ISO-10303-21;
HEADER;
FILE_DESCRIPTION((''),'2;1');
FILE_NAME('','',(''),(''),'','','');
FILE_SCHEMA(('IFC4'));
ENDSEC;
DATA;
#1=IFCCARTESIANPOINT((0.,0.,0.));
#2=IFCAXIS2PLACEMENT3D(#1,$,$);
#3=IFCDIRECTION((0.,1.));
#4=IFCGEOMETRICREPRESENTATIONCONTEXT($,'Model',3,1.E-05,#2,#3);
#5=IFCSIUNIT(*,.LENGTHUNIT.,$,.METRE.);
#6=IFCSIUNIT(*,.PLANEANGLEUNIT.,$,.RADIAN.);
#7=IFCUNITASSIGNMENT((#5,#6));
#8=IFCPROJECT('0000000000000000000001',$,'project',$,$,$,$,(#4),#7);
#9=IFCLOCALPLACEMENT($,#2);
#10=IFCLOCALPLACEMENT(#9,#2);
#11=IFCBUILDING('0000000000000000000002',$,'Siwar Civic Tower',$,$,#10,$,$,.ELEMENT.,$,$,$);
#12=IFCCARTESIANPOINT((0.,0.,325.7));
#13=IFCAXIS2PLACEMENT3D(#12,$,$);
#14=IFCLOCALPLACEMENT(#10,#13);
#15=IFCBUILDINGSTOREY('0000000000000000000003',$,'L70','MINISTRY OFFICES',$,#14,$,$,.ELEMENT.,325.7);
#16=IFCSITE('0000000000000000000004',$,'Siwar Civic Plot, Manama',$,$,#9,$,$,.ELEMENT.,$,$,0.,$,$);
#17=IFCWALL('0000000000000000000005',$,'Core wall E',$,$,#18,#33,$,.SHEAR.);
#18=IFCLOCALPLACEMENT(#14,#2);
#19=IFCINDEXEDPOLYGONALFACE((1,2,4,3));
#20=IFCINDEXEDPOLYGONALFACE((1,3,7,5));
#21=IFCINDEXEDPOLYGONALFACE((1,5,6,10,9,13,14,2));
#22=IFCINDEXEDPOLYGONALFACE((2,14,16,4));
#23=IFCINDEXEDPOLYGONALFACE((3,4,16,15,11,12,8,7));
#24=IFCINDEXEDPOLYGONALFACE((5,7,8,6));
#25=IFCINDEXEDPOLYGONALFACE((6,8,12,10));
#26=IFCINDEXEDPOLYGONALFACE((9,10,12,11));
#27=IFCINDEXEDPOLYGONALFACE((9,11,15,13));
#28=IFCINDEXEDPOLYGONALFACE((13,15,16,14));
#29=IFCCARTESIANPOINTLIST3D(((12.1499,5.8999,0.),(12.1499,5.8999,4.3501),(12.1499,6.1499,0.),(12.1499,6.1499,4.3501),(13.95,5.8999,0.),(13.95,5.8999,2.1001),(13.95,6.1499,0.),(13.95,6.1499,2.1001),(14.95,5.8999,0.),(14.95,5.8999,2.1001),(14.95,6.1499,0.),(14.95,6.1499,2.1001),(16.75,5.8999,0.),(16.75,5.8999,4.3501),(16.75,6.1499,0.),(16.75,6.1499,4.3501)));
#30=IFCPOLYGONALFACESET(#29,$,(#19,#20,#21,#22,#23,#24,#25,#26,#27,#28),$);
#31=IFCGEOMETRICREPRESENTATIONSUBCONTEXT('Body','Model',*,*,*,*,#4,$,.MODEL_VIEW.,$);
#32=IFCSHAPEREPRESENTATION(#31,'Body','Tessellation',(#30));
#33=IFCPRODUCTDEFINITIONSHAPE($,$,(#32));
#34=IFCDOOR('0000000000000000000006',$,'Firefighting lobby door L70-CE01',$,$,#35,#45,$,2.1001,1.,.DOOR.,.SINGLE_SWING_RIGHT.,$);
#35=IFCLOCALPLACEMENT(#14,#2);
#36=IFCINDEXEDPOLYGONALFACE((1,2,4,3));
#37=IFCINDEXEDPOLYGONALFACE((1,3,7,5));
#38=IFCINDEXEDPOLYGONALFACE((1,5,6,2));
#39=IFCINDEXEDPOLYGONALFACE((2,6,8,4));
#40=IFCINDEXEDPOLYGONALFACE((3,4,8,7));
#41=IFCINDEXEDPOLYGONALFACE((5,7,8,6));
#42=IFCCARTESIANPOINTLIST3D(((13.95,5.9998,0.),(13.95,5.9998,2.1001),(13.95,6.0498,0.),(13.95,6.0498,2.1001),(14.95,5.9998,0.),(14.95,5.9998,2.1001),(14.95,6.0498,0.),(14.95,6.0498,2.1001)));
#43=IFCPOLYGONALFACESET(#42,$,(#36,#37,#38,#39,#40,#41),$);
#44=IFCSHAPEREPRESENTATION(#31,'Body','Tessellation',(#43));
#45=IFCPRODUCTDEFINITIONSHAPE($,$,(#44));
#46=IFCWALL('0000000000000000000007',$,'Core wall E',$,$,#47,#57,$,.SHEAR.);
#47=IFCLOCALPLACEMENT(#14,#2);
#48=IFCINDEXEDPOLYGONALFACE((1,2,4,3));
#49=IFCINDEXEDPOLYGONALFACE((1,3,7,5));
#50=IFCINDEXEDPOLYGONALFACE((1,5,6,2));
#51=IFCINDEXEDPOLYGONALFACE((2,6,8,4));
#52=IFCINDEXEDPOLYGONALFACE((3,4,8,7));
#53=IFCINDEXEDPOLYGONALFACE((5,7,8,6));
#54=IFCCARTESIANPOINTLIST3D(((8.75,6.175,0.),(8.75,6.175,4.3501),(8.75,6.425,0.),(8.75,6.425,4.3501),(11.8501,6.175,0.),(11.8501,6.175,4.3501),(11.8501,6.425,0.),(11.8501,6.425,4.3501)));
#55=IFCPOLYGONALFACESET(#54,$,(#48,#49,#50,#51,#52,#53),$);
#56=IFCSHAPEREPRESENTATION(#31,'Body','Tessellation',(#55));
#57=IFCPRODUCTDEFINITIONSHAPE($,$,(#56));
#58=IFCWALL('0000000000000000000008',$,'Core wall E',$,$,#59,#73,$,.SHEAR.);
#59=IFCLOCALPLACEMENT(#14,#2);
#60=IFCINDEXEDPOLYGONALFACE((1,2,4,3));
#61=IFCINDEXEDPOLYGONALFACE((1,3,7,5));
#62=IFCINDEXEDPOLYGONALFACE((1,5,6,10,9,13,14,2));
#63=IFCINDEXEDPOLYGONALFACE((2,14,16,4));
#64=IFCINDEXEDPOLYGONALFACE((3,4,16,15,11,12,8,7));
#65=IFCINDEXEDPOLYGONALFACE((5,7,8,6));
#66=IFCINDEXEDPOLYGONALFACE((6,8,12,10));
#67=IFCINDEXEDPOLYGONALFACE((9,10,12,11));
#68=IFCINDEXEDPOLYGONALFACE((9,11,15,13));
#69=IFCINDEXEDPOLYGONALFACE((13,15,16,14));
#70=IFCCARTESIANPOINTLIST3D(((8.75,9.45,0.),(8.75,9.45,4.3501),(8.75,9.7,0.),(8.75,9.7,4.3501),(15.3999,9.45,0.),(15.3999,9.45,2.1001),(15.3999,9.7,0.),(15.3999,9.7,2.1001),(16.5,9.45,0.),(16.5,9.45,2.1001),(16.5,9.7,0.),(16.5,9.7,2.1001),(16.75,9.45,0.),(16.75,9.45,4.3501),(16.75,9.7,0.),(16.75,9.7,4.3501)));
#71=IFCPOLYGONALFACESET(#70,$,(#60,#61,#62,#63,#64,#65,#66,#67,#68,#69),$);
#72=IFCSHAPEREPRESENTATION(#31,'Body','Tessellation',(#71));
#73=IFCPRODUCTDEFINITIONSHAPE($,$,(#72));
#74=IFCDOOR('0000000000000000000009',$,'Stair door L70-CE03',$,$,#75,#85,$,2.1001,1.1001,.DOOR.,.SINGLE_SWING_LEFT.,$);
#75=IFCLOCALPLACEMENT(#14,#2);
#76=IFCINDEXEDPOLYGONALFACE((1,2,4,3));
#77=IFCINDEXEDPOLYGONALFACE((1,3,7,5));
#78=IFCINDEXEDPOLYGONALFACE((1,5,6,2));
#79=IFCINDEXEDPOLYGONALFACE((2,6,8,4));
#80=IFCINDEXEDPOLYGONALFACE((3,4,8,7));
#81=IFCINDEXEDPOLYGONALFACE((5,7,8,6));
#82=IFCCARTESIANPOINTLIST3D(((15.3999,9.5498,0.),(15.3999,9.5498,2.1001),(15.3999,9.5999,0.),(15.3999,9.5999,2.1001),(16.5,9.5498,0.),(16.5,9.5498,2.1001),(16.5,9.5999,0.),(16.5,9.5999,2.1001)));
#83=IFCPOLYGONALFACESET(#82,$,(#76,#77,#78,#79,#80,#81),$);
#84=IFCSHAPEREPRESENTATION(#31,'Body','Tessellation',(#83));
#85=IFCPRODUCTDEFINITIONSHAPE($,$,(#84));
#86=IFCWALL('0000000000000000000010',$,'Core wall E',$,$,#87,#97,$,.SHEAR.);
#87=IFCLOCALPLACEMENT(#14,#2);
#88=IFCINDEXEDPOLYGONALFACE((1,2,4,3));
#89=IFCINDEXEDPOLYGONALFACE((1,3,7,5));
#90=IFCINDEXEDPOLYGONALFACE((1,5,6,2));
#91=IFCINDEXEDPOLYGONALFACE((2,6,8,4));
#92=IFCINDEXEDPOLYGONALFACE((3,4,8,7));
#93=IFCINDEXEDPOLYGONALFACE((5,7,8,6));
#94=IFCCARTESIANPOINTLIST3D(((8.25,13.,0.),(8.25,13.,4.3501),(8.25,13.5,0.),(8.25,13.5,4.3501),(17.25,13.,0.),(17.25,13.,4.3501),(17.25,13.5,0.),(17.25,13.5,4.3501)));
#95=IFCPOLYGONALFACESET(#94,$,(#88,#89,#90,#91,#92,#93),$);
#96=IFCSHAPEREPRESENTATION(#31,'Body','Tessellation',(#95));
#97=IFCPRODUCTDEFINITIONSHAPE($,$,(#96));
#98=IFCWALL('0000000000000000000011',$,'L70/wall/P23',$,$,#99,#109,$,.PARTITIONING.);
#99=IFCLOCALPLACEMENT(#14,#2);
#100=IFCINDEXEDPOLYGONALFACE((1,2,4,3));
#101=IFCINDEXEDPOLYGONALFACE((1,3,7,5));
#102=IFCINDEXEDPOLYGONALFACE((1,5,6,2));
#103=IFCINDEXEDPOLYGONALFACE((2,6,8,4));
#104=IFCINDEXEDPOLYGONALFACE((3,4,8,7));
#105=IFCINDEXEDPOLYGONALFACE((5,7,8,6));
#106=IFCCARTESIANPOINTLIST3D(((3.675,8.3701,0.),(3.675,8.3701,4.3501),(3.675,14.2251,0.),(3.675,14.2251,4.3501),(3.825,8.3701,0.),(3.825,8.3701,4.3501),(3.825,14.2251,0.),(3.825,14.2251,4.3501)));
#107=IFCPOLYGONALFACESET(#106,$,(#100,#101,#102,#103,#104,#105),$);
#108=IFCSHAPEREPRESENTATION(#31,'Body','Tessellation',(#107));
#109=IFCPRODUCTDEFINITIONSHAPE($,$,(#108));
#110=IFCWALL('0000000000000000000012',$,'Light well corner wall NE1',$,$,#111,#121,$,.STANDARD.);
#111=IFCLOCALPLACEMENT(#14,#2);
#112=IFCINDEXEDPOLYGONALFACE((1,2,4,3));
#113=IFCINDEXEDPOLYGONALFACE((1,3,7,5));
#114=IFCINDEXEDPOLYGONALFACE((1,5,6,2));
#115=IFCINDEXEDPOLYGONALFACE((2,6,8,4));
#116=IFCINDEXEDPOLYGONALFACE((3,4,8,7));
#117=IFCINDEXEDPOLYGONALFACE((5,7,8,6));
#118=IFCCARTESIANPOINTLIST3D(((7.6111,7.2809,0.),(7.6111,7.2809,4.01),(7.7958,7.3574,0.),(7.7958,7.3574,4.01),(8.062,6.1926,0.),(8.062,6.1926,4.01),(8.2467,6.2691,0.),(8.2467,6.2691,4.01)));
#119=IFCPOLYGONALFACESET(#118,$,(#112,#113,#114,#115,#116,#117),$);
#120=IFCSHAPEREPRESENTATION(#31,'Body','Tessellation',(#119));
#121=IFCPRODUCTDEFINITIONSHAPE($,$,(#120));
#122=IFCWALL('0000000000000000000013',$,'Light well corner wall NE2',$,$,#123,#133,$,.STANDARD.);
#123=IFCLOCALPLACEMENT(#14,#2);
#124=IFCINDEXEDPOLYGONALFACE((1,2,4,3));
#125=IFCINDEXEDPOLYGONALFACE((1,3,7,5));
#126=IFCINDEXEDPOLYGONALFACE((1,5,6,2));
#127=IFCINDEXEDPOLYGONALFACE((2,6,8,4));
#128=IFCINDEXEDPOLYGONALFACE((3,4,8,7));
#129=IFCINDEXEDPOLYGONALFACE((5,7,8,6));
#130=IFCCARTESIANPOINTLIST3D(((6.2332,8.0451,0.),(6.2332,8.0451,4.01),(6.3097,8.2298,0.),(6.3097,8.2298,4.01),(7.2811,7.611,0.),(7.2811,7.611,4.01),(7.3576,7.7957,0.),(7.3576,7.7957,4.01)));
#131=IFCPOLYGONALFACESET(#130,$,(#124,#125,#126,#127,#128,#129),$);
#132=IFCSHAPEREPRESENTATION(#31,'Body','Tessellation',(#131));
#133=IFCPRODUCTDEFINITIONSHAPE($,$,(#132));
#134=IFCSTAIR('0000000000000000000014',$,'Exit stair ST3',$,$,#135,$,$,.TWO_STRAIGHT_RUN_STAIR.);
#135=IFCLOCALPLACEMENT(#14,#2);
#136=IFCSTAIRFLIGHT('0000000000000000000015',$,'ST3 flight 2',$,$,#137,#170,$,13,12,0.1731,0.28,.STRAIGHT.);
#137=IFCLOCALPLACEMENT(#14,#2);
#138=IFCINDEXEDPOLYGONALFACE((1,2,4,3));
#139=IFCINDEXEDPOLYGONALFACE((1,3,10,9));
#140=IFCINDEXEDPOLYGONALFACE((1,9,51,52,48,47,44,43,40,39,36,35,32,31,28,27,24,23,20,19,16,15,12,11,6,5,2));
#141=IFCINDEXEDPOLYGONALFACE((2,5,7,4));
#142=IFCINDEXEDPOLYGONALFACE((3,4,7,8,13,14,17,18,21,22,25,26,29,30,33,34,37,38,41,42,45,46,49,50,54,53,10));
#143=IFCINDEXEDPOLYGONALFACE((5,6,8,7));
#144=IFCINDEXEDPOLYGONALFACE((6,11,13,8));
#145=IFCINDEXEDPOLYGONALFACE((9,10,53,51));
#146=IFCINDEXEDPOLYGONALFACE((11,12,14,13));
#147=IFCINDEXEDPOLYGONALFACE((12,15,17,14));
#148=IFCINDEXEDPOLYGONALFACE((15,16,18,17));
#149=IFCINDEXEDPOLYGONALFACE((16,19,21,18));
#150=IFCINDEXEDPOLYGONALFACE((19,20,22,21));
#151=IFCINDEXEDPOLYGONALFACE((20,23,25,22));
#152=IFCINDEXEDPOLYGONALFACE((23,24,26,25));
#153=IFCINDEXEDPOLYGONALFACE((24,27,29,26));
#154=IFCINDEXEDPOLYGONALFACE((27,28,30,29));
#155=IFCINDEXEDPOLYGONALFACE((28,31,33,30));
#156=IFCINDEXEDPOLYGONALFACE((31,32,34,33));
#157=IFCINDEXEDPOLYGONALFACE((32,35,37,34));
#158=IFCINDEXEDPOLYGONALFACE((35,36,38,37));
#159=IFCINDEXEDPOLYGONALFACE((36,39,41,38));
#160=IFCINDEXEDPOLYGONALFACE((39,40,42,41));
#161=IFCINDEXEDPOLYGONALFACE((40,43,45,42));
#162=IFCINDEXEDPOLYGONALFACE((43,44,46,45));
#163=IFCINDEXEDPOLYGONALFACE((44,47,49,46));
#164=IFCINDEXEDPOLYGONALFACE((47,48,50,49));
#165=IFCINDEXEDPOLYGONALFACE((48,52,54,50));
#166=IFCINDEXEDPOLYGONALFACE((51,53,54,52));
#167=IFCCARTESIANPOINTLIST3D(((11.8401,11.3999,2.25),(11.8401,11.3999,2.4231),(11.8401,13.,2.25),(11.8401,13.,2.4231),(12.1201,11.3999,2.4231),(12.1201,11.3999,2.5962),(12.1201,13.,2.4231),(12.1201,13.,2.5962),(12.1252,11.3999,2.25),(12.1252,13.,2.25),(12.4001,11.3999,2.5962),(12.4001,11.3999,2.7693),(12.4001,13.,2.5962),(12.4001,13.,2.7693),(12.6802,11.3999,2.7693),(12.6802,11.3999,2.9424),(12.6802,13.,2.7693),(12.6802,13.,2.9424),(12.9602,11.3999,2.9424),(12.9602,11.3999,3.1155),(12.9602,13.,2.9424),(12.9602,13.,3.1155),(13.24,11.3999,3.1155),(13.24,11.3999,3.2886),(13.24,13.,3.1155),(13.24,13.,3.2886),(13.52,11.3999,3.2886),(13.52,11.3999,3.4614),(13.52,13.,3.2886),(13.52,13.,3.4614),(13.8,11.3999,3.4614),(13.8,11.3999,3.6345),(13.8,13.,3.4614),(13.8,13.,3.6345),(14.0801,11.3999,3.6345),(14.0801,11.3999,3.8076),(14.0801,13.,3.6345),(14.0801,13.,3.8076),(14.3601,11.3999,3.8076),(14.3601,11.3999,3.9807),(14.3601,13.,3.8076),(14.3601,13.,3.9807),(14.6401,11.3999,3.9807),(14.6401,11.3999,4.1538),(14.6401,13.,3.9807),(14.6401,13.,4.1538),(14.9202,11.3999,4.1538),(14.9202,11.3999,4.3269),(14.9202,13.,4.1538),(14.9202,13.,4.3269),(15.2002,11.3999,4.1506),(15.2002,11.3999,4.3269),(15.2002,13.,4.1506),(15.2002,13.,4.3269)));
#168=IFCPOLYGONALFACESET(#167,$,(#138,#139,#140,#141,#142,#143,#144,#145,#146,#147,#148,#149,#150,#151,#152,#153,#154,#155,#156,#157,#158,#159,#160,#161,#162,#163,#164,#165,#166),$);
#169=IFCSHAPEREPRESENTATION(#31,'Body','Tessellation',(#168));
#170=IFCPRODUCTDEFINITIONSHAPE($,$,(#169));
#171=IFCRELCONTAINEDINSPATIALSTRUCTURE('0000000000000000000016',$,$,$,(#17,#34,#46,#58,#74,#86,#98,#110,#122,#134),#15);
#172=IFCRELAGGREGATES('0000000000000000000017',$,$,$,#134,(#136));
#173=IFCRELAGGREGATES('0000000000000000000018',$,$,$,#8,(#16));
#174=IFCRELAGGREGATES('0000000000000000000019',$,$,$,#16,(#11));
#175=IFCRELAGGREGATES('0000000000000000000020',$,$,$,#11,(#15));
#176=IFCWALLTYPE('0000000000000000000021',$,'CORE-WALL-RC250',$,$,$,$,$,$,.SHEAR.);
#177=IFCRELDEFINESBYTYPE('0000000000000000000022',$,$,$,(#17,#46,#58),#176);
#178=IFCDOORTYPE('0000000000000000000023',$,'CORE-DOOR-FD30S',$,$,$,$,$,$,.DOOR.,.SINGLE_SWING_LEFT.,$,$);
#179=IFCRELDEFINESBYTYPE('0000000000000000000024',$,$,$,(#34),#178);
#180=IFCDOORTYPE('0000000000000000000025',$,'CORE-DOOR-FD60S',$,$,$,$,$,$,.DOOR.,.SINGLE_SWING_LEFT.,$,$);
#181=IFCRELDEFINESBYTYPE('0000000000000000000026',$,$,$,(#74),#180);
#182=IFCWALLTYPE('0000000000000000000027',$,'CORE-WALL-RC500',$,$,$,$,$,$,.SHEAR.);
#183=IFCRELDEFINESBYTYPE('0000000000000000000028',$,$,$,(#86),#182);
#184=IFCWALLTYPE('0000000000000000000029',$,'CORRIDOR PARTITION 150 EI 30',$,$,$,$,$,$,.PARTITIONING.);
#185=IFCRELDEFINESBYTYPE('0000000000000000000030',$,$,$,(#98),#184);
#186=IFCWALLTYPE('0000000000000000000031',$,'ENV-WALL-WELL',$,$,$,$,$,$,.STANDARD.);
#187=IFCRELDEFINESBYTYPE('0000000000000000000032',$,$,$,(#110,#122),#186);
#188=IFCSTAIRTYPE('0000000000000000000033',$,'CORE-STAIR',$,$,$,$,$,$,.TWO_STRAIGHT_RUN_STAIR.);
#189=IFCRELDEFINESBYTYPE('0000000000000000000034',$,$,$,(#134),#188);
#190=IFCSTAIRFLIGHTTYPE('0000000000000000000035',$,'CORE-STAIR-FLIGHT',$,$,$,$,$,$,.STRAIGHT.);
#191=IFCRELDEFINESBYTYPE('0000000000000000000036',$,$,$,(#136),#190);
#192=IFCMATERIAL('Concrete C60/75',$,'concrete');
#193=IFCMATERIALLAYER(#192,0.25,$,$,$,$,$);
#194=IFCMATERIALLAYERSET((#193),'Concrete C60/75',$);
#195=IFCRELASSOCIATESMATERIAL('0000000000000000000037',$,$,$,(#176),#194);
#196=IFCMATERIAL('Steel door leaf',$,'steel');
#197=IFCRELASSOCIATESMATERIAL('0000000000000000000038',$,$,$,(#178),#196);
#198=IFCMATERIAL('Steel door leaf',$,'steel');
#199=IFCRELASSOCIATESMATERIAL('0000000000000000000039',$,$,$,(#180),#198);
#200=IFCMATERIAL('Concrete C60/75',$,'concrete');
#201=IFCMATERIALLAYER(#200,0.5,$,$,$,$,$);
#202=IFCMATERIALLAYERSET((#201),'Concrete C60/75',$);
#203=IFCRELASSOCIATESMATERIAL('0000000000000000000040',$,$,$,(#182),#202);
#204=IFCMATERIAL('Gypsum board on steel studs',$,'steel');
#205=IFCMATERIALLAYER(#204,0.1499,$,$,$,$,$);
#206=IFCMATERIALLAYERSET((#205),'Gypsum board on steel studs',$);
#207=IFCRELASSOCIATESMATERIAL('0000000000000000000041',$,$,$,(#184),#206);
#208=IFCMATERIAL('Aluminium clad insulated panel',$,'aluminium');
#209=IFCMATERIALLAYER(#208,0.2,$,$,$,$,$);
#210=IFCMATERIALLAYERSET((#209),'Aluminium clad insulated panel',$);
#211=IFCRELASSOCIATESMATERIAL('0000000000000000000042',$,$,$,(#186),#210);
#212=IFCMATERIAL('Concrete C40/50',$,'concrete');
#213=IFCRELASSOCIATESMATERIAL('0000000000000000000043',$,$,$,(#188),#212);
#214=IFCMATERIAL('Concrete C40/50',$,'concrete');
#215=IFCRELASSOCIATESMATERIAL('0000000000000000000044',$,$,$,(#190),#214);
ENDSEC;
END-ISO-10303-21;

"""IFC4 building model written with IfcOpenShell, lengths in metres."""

from ifc_helpers import new_model, si_unit, direction, frame, frame_2d, origin, place, context, subcontext, project, spatial, polyline, rectangle, outline, extrude, material, layer, layer_set, type_object, element, fill, aggregate, save


model = new_model("IFC4")

# Units and contexts
model_context = context("Model", 3, precision=1e-05, world=origin(), true_north=direction((0.0, 1.0)))
body_context = subcontext(model_context, "Body", "Model", "MODEL_VIEW")
ifc_project = project(units=[si_unit("LENGTHUNIT", "METRE"), si_unit("PLANEANGLEUNIT", "RADIAN")], contexts=[model_context])

# Site, building, storey
site_placement = place(None, origin())
site = spatial("IfcSite", under=ifc_project, at=site_placement, Name="Siwar Civic Plot, Manama", CompositionType="ELEMENT", RefElevation=0.0)
building_placement = place(site_placement, origin())
building = spatial("IfcBuilding", under=site, at=building_placement, Name="Siwar Civic Tower", CompositionType="ELEMENT")
storey_placement = place(building_placement, frame((0.0, 0.0, 325.7)))
storey = spatial("IfcBuildingStorey", under=building, at=storey_placement, Name="L70", Description="MINISTRY OFFICES", CompositionType="ELEMENT", Elevation=325.7)

# Wall, opening, door
ifc_material_1 = material(Name="Concrete C60/75", Category="concrete")
ifc_layer_1 = layer(ifc_material_1, 0.25)
ifc_layer_set_1 = layer_set([ifc_layer_1], Name="Concrete C60/75")
wall_type_1 = type_object("IfcWallType", Name="CORE-WALL-RC250", PredefinedType="SHEAR", material=ifc_layer_set_1)
wall_1_placement = place(storey_placement, frame((12.1499, 6.0249, 0.0), z_axis=(0.0, 0.0, 1.0), x_axis=(1.0, 0.0, 0.0)))
wall_1 = element("IfcWall", 1, at=wall_1_placement, inside=storey, type_object=wall_type_1, Name="Core wall E", PredefinedType="SHEAR", context=body_context, shape_type="SweptSolid", body=[
    extrude(rectangle(XDim=4.6001, YDim=0.25, at=frame_2d((2.3, 0.0))), origin(), (0.0, 0.0, 1.0), 4.3501),
])
opening_1_placement = place(wall_1_placement, frame((1.8, 0.0, 0.0)))
opening_1 = element("IfcOpeningElement", 2, at=opening_1_placement, cuts=wall_1, PredefinedType="OPENING", context=body_context, shape_type="SweptSolid", body=[
    extrude(rectangle(XDim=1.0, YDim=2.1001, at=frame_2d((0.5, 1.05))), frame((0.0, 0.135, 0.0), z_axis=(0.0, -1.0, 0.0), x_axis=(1.0, 0.0, 0.0)), (0.0, 0.0, 1.0), 0.27),
])
ifc_material_2 = material(Name="Steel door leaf", Category="steel")
door_type_1 = type_object("IfcDoorType", Name="CORE-DOOR-FD30S", OperationType="SINGLE_SWING_LEFT", PredefinedType="DOOR", material=ifc_material_2)
door_1_placement = place(opening_1_placement, origin())
door_1 = element("IfcDoor", 3, at=door_1_placement, inside=storey, type_object=door_type_1, Name="Firefighting lobby door L70-CE01", OperationType="SINGLE_SWING_RIGHT", OverallHeight=2.1001, OverallWidth=1.0, PredefinedType="DOOR", context=body_context, shape_type="SweptSolid", body=[
    extrude(rectangle(XDim=1.0, YDim=2.1001, at=frame_2d((0.5, 1.05))), frame((0.0, 0.0249, 0.0), z_axis=(0.0, -1.0, 0.0), x_axis=(1.0, 0.0, 0.0)), (0.0, 0.0, 1.0), 0.05),
])
fill(opening_1, door_1)

# Wall
wall_2_placement = place(storey_placement, frame((8.75, 6.3, 0.0), z_axis=(0.0, 0.0, 1.0), x_axis=(1.0, 0.0, 0.0)))
element("IfcWall", 4, at=wall_2_placement, inside=storey, type_object=wall_type_1, Name="Core wall E", PredefinedType="SHEAR", context=body_context, shape_type="SweptSolid", body=[
    extrude(rectangle(XDim=3.1001, YDim=0.25, at=frame_2d((1.55, 0.0))), origin(), (0.0, 0.0, 1.0), 4.3501),
])

# Wall, opening, door
wall_3_placement = place(storey_placement, frame((8.75, 9.575, 0.0), z_axis=(0.0, 0.0, 1.0), x_axis=(1.0, 0.0, 0.0)))
wall_3 = element("IfcWall", 5, at=wall_3_placement, inside=storey, type_object=wall_type_1, Name="Core wall E", PredefinedType="SHEAR", context=body_context, shape_type="SweptSolid", body=[
    extrude(rectangle(XDim=8.0, YDim=0.25, at=frame_2d((4.0, 0.0))), origin(), (0.0, 0.0, 1.0), 4.3501),
])
opening_2_placement = place(wall_3_placement, frame((6.6499, 0.0, 0.0)))
opening_2 = element("IfcOpeningElement", 6, at=opening_2_placement, cuts=wall_3, PredefinedType="OPENING", context=body_context, shape_type="SweptSolid", body=[
    extrude(rectangle(XDim=1.1001, YDim=2.1001, at=frame_2d((0.55, 1.05))), frame((0.0, 0.135, 0.0), z_axis=(0.0, -1.0, 0.0), x_axis=(1.0, 0.0, 0.0)), (0.0, 0.0, 1.0), 0.27),
])
ifc_material_3 = material(Name="Steel door leaf", Category="steel")
door_type_2 = type_object("IfcDoorType", Name="CORE-DOOR-FD60S", OperationType="SINGLE_SWING_LEFT", PredefinedType="DOOR", material=ifc_material_3)
door_2_placement = place(opening_2_placement, origin())
door_2 = element("IfcDoor", 7, at=door_2_placement, inside=storey, type_object=door_type_2, Name="Stair door L70-CE03", OperationType="SINGLE_SWING_LEFT", OverallHeight=2.1001, OverallWidth=1.1001, PredefinedType="DOOR", context=body_context, shape_type="SweptSolid", body=[
    extrude(rectangle(XDim=1.1001, YDim=2.1001, at=frame_2d((0.55, 1.05))), frame((0.0, 0.0249, 0.0), z_axis=(0.0, -1.0, 0.0), x_axis=(1.0, 0.0, 0.0)), (0.0, 0.0, 1.0), 0.05),
])
fill(opening_2, door_2)

# Walls
ifc_material_4 = material(Name="Concrete C60/75", Category="concrete")
ifc_layer_2 = layer(ifc_material_4, 0.5)
ifc_layer_set_2 = layer_set([ifc_layer_2], Name="Concrete C60/75")
wall_type_2 = type_object("IfcWallType", Name="CORE-WALL-RC500", PredefinedType="SHEAR", material=ifc_layer_set_2)
wall_4_placement = place(storey_placement, frame((8.25, 13.25, 0.0), z_axis=(0.0, 0.0, 1.0), x_axis=(1.0, 0.0, 0.0)))
element("IfcWall", 8, at=wall_4_placement, inside=storey, type_object=wall_type_2, Name="Core wall E", PredefinedType="SHEAR", context=body_context, shape_type="SweptSolid", body=[
    extrude(rectangle(XDim=9.0, YDim=0.5, at=frame_2d((4.5, 0.0))), origin(), (0.0, 0.0, 1.0), 4.3501),
])
ifc_material_5 = material(Name="Gypsum board on steel studs", Category="steel")
ifc_layer_3 = layer(ifc_material_5, 0.1499)
ifc_layer_set_3 = layer_set([ifc_layer_3], Name="Gypsum board on steel studs")
wall_type_3 = type_object("IfcWallType", Name="CORRIDOR PARTITION 150 EI 30", PredefinedType="PARTITIONING", material=ifc_layer_set_3)
wall_5_placement = place(storey_placement, frame((3.75, 8.3701, 0.0), z_axis=(0.0, 0.0, 1.0), x_axis=(0.0, 1.0, 0.0)))
element("IfcWall", 9, at=wall_5_placement, inside=storey, type_object=wall_type_3, Name="L70/wall/P23", PredefinedType="PARTITIONING", context=body_context, shape_type="SweptSolid", body=[
    extrude(rectangle(XDim=5.855, YDim=0.1499, at=frame_2d((2.9275, 0.0))), origin(), (0.0, 0.0, 1.0), 4.3501),
])
ifc_material_6 = material(Name="Aluminium clad insulated panel", Category="aluminium")
ifc_layer_4 = layer(ifc_material_6, 0.2)
ifc_layer_set_4 = layer_set([ifc_layer_4], Name="Aluminium clad insulated panel")
wall_type_4 = type_object("IfcWallType", Name="ENV-WALL-WELL", PredefinedType="STANDARD", material=ifc_layer_set_4)
wall_6_placement = place(storey_placement, frame((8.1543, 6.231, 0.0), z_axis=(0.0, 0.0, 1.0), x_axis=(-0.382761, 0.923848, 0.0)))
element("IfcWall", 10, at=wall_6_placement, inside=storey, type_object=wall_type_4, Name="Light well corner wall NE1", PredefinedType="STANDARD", context=body_context, shape_type="SweptSolid", body=[
    extrude(rectangle(XDim=1.178, YDim=0.2, at=frame_2d((0.5889, 0.0))), origin(), (0.0, 0.0, 1.0), 4.01),
])
wall_7_placement = place(storey_placement, frame((7.3193, 7.7034, 0.0), z_axis=(0.0, 0.0, 1.0), x_axis=(-0.923865, 0.382719, 0.0)))
element("IfcWall", 11, at=wall_7_placement, inside=storey, type_object=wall_type_4, Name="Light well corner wall NE2", PredefinedType="STANDARD", context=body_context, shape_type="SweptSolid", body=[
    extrude(rectangle(XDim=1.1343, YDim=0.2, at=frame_2d((0.5671, 0.0))), origin(), (0.0, 0.0, 1.0), 4.01),
])

# Stair, stair flight
ifc_material_7 = material(Name="Concrete C40/50", Category="concrete")
stair_type = type_object("IfcStairType", Name="CORE-STAIR", PredefinedType="TWO_STRAIGHT_RUN_STAIR", material=ifc_material_7)
stair_placement = place(storey_placement, origin())
stair = element("IfcStair", 12, at=stair_placement, inside=storey, type_object=stair_type, Name="Exit stair ST3", PredefinedType="TWO_STRAIGHT_RUN_STAIR")
ifc_material_8 = material(Name="Concrete C40/50", Category="concrete")
stair_flight_type = type_object("IfcStairFlightType", Name="CORE-STAIR-FLIGHT", PredefinedType="STRAIGHT", material=ifc_material_8)
stair_flight_placement = place(storey_placement, frame((11.8401, 12.2, 2.25), z_axis=(0.0, 0.0, 1.0), x_axis=(1.0, 0.0, 0.0)))
stair_flight = element("IfcStairFlight", 13, at=stair_flight_placement, type_object=stair_flight_type, Name="ST3 flight 2", NumberOfRisers=13, NumberOfTreads=12, PredefinedType="STRAIGHT", RiserHeight=0.1731, TreadLength=0.28, context=body_context, shape_type="SweptSolid", body=[
    extrude(outline(polyline([(0.0, 0.0), (0.0, 0.1731), (0.28, 0.1731), (0.28, 0.3462), (0.5601, 0.3462), (0.5601, 0.5193), (0.8401, 0.5193), (0.8401, 0.6924), (1.1201, 0.6924), (1.1201, 0.8655), (1.3999, 0.8655), (1.3999, 1.0386), (1.6799, 1.0386), (1.6799, 1.2114), (1.96, 1.2114), (1.96, 1.3845), (2.24, 1.3845), (2.24, 1.5576), (2.52, 1.5576), (2.52, 1.7307), (2.8, 1.7307), (2.8, 1.9038), (3.0801, 1.9038), (3.0801, 2.0769), (3.3601, 2.0769), (3.3601, 2.25), (3.3601, 1.9006), (0.2852, 0.0), (0.0, 0.0)])), frame((0.0, 0.8, 0.0), z_axis=(0.0, -1.0, 0.0), x_axis=(1.0, 0.0, 0.0)), (0.0, 0.0, 1.0), 1.6001),
])
aggregate(stair, [stair_flight])

save(model, "model.ifc")
